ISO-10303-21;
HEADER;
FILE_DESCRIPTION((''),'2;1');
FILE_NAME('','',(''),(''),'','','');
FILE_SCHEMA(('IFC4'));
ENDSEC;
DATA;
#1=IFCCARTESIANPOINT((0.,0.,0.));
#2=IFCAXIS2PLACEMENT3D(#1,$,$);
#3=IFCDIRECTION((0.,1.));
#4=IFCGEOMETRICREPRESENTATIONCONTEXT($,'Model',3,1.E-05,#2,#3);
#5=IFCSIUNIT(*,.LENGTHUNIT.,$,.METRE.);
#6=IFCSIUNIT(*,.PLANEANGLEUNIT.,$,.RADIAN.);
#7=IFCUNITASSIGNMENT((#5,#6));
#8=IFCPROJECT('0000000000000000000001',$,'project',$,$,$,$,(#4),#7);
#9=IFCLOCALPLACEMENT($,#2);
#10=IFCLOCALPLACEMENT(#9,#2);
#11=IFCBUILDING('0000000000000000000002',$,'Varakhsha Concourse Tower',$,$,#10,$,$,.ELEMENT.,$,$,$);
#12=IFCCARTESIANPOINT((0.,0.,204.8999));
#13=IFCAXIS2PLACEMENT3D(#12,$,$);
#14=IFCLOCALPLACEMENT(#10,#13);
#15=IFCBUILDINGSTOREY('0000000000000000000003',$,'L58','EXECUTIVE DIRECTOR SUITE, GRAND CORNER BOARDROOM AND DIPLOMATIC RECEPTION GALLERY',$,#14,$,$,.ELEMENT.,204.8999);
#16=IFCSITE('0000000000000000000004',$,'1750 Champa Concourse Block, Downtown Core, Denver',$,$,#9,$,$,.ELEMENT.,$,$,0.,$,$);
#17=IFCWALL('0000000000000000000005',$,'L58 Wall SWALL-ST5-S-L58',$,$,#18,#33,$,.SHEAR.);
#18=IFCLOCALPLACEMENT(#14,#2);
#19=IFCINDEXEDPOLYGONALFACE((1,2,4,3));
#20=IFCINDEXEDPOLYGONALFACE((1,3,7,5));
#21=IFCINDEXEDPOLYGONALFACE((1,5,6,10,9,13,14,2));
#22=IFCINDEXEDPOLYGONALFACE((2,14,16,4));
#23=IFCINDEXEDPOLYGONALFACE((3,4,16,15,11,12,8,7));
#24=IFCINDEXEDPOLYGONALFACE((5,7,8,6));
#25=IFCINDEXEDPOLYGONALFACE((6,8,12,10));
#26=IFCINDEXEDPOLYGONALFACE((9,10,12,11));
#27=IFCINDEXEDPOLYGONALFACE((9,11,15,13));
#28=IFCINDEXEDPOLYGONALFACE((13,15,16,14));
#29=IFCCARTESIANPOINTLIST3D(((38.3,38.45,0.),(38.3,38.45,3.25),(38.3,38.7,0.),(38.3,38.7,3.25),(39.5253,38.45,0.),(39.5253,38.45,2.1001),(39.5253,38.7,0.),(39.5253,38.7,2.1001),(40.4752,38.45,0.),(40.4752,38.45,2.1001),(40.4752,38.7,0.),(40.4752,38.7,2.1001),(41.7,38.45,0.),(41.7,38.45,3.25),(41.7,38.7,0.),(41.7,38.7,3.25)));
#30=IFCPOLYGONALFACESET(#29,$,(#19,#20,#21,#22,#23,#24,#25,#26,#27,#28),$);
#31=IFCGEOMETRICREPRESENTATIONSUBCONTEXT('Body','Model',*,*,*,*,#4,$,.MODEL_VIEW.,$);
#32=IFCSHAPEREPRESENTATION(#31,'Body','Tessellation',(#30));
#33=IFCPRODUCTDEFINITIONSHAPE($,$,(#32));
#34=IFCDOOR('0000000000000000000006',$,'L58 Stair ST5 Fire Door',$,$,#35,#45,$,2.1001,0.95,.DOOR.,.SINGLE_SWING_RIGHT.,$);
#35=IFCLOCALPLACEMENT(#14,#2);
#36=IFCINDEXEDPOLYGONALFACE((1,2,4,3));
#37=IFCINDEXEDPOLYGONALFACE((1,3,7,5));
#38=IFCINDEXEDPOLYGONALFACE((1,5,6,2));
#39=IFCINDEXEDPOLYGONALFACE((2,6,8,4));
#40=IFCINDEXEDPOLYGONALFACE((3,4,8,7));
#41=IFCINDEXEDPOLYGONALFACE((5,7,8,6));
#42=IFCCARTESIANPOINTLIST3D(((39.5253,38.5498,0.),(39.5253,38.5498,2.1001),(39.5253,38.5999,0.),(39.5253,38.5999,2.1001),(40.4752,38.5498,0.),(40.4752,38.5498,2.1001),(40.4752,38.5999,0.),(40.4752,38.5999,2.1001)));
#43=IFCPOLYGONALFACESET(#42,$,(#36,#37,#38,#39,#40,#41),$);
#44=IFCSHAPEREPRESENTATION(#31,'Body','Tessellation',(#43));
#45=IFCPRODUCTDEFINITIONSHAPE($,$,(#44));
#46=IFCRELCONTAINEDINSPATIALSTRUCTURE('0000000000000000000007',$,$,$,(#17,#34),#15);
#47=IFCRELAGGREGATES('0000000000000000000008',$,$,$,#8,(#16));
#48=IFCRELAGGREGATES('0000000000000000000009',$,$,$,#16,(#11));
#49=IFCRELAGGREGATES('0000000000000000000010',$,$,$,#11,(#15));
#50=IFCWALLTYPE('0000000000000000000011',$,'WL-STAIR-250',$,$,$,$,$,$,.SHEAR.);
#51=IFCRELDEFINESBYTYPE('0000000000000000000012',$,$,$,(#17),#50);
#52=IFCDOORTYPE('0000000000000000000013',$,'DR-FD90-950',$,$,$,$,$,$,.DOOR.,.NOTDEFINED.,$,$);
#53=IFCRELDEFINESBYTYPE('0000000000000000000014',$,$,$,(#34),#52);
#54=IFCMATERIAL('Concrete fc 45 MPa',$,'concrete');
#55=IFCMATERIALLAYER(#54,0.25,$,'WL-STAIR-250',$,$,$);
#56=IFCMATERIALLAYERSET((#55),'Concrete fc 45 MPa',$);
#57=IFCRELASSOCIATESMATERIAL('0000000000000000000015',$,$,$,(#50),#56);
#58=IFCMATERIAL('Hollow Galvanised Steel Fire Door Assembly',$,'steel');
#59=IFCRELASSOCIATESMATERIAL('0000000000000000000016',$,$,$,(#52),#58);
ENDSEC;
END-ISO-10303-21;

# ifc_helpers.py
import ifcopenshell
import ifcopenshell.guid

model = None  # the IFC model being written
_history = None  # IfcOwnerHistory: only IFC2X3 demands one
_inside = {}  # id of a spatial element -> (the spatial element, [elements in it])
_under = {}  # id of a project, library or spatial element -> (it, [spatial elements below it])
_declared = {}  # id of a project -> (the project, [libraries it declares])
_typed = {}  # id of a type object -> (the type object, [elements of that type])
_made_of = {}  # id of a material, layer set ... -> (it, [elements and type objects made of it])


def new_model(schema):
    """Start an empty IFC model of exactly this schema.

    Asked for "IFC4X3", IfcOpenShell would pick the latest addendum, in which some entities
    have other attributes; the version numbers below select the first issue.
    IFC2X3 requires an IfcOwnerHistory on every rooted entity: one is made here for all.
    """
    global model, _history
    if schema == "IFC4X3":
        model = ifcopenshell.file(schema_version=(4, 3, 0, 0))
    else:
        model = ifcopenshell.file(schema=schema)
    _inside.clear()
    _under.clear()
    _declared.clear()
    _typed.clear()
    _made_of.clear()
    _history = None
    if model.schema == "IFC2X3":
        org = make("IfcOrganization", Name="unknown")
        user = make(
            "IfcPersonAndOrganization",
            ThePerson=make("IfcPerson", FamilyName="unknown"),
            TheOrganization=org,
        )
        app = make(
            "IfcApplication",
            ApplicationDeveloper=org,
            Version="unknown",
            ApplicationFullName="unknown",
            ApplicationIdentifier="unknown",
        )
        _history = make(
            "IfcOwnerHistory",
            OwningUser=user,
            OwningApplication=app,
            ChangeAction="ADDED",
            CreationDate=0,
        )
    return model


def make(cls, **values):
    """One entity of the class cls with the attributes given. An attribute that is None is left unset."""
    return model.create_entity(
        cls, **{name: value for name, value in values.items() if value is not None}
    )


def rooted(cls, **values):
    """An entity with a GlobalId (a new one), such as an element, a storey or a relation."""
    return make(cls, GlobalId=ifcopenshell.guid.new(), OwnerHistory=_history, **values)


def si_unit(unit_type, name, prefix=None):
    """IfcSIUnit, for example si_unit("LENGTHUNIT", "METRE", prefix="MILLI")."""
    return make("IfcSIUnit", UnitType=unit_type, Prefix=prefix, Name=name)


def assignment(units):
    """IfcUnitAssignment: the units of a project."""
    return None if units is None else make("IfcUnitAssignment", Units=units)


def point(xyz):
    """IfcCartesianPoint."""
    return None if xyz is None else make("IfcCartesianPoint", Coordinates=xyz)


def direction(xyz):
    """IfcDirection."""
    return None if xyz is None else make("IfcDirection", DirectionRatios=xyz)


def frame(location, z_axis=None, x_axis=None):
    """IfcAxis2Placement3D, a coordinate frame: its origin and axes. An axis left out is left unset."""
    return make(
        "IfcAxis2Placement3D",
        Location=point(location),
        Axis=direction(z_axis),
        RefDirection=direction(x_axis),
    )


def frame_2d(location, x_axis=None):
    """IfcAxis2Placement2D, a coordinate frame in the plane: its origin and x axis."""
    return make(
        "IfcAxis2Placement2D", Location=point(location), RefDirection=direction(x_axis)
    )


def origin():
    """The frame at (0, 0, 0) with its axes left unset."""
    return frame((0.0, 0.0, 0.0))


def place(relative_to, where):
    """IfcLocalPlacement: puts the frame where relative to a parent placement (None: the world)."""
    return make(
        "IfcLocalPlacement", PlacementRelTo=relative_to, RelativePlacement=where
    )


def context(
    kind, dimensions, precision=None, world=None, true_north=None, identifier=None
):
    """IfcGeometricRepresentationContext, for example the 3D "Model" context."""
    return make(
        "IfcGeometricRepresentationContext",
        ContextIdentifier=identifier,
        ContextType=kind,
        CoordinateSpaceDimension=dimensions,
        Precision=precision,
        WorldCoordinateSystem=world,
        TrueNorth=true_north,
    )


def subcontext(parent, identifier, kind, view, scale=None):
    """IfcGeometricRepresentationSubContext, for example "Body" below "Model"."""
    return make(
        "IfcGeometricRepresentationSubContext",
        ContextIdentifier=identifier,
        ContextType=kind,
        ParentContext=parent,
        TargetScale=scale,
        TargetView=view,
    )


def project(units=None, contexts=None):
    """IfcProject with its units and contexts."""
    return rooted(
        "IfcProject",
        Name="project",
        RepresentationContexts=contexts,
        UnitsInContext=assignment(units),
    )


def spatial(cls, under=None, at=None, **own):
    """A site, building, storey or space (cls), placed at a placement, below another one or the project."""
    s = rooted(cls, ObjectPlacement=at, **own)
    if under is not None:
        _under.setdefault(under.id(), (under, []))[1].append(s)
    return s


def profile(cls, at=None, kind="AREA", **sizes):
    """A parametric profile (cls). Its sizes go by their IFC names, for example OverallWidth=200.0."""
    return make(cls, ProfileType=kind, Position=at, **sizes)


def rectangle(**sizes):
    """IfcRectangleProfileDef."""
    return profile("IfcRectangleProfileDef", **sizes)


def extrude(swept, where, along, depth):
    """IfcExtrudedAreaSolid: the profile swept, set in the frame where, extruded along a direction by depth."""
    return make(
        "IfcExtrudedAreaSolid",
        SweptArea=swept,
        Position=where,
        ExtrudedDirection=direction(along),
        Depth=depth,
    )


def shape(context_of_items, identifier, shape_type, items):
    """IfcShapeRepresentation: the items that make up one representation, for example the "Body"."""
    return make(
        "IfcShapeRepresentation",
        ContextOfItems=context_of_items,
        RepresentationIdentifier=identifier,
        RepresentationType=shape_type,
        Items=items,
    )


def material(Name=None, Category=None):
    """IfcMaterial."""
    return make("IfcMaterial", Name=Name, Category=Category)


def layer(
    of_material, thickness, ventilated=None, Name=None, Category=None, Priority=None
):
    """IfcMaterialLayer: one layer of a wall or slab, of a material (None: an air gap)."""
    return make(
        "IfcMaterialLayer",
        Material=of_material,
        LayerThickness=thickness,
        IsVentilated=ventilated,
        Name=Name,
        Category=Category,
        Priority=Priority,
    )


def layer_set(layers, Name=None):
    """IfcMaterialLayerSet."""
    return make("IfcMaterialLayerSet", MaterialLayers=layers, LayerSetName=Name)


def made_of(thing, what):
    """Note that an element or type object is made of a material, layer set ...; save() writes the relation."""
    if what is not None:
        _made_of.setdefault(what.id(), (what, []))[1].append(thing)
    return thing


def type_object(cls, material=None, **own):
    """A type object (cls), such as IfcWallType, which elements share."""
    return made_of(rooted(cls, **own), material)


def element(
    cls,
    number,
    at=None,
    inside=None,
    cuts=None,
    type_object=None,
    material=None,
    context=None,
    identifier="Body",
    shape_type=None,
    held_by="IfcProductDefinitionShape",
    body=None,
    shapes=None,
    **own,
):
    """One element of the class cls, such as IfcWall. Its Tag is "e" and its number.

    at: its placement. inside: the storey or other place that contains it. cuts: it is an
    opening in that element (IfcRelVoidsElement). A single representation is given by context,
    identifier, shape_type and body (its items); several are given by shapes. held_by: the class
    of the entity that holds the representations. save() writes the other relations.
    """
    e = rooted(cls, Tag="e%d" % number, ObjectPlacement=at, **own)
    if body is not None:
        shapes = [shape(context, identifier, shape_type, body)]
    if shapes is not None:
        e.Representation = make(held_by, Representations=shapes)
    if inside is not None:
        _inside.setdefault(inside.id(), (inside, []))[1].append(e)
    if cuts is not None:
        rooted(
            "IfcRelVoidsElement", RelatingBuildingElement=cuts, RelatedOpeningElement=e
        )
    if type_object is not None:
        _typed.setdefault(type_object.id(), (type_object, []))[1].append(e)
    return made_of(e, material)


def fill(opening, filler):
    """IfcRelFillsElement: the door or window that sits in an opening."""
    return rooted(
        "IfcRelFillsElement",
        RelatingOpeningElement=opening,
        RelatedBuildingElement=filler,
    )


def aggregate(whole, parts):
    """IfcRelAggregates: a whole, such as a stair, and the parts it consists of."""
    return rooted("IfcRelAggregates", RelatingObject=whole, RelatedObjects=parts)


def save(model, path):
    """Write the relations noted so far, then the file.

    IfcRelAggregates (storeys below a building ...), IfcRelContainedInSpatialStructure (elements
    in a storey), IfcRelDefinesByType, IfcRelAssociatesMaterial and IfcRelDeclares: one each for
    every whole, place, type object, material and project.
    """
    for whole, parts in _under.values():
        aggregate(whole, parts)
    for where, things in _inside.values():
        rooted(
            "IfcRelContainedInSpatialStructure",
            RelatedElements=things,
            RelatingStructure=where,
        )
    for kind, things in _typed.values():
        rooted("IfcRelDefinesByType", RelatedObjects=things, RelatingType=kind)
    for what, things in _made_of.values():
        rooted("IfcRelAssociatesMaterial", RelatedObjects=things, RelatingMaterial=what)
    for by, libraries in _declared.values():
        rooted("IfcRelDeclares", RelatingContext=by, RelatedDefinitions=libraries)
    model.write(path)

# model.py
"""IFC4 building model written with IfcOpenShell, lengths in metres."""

from ifc_helpers import new_model, si_unit, direction, frame, frame_2d, origin, place, context, subcontext, project, spatial, rectangle, extrude, material, layer, layer_set, type_object, element, fill, save


model = new_model("IFC4")

# Units and contexts
model_context = context("Model", 3, precision=1e-05, world=origin(), true_north=direction((0.0, 1.0)))
body_context = subcontext(model_context, "Body", "Model", "MODEL_VIEW")
ifc_project = project(units=[si_unit("LENGTHUNIT", "METRE"), si_unit("PLANEANGLEUNIT", "RADIAN")], contexts=[model_context])

# Site, building, storey
site_placement = place(None, origin())
site = spatial("IfcSite", under=ifc_project, at=site_placement, Name="1750 Champa Concourse Block, Downtown Core, Denver", CompositionType="ELEMENT", RefElevation=0.0)
building_placement = place(site_placement, origin())
building = spatial("IfcBuilding", under=site, at=building_placement, Name="Varakhsha Concourse Tower", CompositionType="ELEMENT")
storey_placement = place(building_placement, frame((0.0, 0.0, 204.8999)))
storey = spatial("IfcBuildingStorey", under=building, at=storey_placement, Name="L58", Description="EXECUTIVE DIRECTOR SUITE, GRAND CORNER BOARDROOM AND DIPLOMATIC RECEPTION GALLERY", CompositionType="ELEMENT", Elevation=204.8999)

# Shared definitions
ifc_material_1 = material(Name="Hollow Galvanised Steel Fire Door Assembly", Category="steel")

# Shared definitions
ifc_material_2 = material(Name="Concrete fc 45 MPa", Category="concrete")
ifc_layer_1 = layer(ifc_material_2, 0.25, Name="WL-STAIR-250")
ifc_layer_set_1 = layer_set([ifc_layer_1], Name="Concrete fc 45 MPa")
wall_type_1 = type_object("IfcWallType", Name="WL-STAIR-250", PredefinedType="SHEAR", material=ifc_layer_set_1)

# Wall, opening, door
wall_1_placement = place(storey_placement, frame((38.3, 38.575, 0.0), z_axis=(0.0, 0.0, 1.0), x_axis=(1.0, 0.0, 0.0)))
wall_1 = element("IfcWall", 1, at=wall_1_placement, inside=storey, type_object=wall_type_1, Name="L58 Wall SWALL-ST5-S-L58", PredefinedType="SHEAR", context=body_context, shape_type="SweptSolid", body=[
    extrude(rectangle(XDim=3.3999, YDim=0.25, at=frame_2d((1.7, 0.0))), origin(), (0.0, 0.0, 1.0), 3.25),
])
opening_1_placement = place(wall_1_placement, frame((1.2251, 0.0, 0.0)))
opening_1 = element("IfcOpeningElement", 2, at=opening_1_placement, cuts=wall_1, PredefinedType="OPENING", context=body_context, shape_type="SweptSolid", body=[
    extrude(rectangle(XDim=0.95, YDim=2.1001, at=frame_2d((0.4751, 1.05))), frame((0.0, 0.135, 0.0), z_axis=(0.0, -1.0, 0.0), x_axis=(1.0, 0.0, 0.0)), (0.0, 0.0, 1.0), 0.27),
])
door_type_1 = type_object("IfcDoorType", Name="DR-FD90-950", OperationType="NOTDEFINED", PredefinedType="DOOR", material=ifc_material_1)
door_1_placement = place(opening_1_placement, origin())
door_1 = element("IfcDoor", 3, at=door_1_placement, inside=storey, type_object=door_type_1, Name="L58 Stair ST5 Fire Door", OperationType="SINGLE_SWING_RIGHT", OverallHeight=2.1001, OverallWidth=0.95, PredefinedType="DOOR", context=body_context, shape_type="SweptSolid", body=[
    extrude(rectangle(XDim=0.95, YDim=2.1001, at=frame_2d((0.4751, 1.05))), frame((0.0, 0.0249, 0.0), z_axis=(0.0, -1.0, 0.0), x_axis=(1.0, 0.0, 0.0)), (0.0, 0.0, 1.0), 0.05),
])
fill(opening_1, door_1)

save(model, "model.ifc")
